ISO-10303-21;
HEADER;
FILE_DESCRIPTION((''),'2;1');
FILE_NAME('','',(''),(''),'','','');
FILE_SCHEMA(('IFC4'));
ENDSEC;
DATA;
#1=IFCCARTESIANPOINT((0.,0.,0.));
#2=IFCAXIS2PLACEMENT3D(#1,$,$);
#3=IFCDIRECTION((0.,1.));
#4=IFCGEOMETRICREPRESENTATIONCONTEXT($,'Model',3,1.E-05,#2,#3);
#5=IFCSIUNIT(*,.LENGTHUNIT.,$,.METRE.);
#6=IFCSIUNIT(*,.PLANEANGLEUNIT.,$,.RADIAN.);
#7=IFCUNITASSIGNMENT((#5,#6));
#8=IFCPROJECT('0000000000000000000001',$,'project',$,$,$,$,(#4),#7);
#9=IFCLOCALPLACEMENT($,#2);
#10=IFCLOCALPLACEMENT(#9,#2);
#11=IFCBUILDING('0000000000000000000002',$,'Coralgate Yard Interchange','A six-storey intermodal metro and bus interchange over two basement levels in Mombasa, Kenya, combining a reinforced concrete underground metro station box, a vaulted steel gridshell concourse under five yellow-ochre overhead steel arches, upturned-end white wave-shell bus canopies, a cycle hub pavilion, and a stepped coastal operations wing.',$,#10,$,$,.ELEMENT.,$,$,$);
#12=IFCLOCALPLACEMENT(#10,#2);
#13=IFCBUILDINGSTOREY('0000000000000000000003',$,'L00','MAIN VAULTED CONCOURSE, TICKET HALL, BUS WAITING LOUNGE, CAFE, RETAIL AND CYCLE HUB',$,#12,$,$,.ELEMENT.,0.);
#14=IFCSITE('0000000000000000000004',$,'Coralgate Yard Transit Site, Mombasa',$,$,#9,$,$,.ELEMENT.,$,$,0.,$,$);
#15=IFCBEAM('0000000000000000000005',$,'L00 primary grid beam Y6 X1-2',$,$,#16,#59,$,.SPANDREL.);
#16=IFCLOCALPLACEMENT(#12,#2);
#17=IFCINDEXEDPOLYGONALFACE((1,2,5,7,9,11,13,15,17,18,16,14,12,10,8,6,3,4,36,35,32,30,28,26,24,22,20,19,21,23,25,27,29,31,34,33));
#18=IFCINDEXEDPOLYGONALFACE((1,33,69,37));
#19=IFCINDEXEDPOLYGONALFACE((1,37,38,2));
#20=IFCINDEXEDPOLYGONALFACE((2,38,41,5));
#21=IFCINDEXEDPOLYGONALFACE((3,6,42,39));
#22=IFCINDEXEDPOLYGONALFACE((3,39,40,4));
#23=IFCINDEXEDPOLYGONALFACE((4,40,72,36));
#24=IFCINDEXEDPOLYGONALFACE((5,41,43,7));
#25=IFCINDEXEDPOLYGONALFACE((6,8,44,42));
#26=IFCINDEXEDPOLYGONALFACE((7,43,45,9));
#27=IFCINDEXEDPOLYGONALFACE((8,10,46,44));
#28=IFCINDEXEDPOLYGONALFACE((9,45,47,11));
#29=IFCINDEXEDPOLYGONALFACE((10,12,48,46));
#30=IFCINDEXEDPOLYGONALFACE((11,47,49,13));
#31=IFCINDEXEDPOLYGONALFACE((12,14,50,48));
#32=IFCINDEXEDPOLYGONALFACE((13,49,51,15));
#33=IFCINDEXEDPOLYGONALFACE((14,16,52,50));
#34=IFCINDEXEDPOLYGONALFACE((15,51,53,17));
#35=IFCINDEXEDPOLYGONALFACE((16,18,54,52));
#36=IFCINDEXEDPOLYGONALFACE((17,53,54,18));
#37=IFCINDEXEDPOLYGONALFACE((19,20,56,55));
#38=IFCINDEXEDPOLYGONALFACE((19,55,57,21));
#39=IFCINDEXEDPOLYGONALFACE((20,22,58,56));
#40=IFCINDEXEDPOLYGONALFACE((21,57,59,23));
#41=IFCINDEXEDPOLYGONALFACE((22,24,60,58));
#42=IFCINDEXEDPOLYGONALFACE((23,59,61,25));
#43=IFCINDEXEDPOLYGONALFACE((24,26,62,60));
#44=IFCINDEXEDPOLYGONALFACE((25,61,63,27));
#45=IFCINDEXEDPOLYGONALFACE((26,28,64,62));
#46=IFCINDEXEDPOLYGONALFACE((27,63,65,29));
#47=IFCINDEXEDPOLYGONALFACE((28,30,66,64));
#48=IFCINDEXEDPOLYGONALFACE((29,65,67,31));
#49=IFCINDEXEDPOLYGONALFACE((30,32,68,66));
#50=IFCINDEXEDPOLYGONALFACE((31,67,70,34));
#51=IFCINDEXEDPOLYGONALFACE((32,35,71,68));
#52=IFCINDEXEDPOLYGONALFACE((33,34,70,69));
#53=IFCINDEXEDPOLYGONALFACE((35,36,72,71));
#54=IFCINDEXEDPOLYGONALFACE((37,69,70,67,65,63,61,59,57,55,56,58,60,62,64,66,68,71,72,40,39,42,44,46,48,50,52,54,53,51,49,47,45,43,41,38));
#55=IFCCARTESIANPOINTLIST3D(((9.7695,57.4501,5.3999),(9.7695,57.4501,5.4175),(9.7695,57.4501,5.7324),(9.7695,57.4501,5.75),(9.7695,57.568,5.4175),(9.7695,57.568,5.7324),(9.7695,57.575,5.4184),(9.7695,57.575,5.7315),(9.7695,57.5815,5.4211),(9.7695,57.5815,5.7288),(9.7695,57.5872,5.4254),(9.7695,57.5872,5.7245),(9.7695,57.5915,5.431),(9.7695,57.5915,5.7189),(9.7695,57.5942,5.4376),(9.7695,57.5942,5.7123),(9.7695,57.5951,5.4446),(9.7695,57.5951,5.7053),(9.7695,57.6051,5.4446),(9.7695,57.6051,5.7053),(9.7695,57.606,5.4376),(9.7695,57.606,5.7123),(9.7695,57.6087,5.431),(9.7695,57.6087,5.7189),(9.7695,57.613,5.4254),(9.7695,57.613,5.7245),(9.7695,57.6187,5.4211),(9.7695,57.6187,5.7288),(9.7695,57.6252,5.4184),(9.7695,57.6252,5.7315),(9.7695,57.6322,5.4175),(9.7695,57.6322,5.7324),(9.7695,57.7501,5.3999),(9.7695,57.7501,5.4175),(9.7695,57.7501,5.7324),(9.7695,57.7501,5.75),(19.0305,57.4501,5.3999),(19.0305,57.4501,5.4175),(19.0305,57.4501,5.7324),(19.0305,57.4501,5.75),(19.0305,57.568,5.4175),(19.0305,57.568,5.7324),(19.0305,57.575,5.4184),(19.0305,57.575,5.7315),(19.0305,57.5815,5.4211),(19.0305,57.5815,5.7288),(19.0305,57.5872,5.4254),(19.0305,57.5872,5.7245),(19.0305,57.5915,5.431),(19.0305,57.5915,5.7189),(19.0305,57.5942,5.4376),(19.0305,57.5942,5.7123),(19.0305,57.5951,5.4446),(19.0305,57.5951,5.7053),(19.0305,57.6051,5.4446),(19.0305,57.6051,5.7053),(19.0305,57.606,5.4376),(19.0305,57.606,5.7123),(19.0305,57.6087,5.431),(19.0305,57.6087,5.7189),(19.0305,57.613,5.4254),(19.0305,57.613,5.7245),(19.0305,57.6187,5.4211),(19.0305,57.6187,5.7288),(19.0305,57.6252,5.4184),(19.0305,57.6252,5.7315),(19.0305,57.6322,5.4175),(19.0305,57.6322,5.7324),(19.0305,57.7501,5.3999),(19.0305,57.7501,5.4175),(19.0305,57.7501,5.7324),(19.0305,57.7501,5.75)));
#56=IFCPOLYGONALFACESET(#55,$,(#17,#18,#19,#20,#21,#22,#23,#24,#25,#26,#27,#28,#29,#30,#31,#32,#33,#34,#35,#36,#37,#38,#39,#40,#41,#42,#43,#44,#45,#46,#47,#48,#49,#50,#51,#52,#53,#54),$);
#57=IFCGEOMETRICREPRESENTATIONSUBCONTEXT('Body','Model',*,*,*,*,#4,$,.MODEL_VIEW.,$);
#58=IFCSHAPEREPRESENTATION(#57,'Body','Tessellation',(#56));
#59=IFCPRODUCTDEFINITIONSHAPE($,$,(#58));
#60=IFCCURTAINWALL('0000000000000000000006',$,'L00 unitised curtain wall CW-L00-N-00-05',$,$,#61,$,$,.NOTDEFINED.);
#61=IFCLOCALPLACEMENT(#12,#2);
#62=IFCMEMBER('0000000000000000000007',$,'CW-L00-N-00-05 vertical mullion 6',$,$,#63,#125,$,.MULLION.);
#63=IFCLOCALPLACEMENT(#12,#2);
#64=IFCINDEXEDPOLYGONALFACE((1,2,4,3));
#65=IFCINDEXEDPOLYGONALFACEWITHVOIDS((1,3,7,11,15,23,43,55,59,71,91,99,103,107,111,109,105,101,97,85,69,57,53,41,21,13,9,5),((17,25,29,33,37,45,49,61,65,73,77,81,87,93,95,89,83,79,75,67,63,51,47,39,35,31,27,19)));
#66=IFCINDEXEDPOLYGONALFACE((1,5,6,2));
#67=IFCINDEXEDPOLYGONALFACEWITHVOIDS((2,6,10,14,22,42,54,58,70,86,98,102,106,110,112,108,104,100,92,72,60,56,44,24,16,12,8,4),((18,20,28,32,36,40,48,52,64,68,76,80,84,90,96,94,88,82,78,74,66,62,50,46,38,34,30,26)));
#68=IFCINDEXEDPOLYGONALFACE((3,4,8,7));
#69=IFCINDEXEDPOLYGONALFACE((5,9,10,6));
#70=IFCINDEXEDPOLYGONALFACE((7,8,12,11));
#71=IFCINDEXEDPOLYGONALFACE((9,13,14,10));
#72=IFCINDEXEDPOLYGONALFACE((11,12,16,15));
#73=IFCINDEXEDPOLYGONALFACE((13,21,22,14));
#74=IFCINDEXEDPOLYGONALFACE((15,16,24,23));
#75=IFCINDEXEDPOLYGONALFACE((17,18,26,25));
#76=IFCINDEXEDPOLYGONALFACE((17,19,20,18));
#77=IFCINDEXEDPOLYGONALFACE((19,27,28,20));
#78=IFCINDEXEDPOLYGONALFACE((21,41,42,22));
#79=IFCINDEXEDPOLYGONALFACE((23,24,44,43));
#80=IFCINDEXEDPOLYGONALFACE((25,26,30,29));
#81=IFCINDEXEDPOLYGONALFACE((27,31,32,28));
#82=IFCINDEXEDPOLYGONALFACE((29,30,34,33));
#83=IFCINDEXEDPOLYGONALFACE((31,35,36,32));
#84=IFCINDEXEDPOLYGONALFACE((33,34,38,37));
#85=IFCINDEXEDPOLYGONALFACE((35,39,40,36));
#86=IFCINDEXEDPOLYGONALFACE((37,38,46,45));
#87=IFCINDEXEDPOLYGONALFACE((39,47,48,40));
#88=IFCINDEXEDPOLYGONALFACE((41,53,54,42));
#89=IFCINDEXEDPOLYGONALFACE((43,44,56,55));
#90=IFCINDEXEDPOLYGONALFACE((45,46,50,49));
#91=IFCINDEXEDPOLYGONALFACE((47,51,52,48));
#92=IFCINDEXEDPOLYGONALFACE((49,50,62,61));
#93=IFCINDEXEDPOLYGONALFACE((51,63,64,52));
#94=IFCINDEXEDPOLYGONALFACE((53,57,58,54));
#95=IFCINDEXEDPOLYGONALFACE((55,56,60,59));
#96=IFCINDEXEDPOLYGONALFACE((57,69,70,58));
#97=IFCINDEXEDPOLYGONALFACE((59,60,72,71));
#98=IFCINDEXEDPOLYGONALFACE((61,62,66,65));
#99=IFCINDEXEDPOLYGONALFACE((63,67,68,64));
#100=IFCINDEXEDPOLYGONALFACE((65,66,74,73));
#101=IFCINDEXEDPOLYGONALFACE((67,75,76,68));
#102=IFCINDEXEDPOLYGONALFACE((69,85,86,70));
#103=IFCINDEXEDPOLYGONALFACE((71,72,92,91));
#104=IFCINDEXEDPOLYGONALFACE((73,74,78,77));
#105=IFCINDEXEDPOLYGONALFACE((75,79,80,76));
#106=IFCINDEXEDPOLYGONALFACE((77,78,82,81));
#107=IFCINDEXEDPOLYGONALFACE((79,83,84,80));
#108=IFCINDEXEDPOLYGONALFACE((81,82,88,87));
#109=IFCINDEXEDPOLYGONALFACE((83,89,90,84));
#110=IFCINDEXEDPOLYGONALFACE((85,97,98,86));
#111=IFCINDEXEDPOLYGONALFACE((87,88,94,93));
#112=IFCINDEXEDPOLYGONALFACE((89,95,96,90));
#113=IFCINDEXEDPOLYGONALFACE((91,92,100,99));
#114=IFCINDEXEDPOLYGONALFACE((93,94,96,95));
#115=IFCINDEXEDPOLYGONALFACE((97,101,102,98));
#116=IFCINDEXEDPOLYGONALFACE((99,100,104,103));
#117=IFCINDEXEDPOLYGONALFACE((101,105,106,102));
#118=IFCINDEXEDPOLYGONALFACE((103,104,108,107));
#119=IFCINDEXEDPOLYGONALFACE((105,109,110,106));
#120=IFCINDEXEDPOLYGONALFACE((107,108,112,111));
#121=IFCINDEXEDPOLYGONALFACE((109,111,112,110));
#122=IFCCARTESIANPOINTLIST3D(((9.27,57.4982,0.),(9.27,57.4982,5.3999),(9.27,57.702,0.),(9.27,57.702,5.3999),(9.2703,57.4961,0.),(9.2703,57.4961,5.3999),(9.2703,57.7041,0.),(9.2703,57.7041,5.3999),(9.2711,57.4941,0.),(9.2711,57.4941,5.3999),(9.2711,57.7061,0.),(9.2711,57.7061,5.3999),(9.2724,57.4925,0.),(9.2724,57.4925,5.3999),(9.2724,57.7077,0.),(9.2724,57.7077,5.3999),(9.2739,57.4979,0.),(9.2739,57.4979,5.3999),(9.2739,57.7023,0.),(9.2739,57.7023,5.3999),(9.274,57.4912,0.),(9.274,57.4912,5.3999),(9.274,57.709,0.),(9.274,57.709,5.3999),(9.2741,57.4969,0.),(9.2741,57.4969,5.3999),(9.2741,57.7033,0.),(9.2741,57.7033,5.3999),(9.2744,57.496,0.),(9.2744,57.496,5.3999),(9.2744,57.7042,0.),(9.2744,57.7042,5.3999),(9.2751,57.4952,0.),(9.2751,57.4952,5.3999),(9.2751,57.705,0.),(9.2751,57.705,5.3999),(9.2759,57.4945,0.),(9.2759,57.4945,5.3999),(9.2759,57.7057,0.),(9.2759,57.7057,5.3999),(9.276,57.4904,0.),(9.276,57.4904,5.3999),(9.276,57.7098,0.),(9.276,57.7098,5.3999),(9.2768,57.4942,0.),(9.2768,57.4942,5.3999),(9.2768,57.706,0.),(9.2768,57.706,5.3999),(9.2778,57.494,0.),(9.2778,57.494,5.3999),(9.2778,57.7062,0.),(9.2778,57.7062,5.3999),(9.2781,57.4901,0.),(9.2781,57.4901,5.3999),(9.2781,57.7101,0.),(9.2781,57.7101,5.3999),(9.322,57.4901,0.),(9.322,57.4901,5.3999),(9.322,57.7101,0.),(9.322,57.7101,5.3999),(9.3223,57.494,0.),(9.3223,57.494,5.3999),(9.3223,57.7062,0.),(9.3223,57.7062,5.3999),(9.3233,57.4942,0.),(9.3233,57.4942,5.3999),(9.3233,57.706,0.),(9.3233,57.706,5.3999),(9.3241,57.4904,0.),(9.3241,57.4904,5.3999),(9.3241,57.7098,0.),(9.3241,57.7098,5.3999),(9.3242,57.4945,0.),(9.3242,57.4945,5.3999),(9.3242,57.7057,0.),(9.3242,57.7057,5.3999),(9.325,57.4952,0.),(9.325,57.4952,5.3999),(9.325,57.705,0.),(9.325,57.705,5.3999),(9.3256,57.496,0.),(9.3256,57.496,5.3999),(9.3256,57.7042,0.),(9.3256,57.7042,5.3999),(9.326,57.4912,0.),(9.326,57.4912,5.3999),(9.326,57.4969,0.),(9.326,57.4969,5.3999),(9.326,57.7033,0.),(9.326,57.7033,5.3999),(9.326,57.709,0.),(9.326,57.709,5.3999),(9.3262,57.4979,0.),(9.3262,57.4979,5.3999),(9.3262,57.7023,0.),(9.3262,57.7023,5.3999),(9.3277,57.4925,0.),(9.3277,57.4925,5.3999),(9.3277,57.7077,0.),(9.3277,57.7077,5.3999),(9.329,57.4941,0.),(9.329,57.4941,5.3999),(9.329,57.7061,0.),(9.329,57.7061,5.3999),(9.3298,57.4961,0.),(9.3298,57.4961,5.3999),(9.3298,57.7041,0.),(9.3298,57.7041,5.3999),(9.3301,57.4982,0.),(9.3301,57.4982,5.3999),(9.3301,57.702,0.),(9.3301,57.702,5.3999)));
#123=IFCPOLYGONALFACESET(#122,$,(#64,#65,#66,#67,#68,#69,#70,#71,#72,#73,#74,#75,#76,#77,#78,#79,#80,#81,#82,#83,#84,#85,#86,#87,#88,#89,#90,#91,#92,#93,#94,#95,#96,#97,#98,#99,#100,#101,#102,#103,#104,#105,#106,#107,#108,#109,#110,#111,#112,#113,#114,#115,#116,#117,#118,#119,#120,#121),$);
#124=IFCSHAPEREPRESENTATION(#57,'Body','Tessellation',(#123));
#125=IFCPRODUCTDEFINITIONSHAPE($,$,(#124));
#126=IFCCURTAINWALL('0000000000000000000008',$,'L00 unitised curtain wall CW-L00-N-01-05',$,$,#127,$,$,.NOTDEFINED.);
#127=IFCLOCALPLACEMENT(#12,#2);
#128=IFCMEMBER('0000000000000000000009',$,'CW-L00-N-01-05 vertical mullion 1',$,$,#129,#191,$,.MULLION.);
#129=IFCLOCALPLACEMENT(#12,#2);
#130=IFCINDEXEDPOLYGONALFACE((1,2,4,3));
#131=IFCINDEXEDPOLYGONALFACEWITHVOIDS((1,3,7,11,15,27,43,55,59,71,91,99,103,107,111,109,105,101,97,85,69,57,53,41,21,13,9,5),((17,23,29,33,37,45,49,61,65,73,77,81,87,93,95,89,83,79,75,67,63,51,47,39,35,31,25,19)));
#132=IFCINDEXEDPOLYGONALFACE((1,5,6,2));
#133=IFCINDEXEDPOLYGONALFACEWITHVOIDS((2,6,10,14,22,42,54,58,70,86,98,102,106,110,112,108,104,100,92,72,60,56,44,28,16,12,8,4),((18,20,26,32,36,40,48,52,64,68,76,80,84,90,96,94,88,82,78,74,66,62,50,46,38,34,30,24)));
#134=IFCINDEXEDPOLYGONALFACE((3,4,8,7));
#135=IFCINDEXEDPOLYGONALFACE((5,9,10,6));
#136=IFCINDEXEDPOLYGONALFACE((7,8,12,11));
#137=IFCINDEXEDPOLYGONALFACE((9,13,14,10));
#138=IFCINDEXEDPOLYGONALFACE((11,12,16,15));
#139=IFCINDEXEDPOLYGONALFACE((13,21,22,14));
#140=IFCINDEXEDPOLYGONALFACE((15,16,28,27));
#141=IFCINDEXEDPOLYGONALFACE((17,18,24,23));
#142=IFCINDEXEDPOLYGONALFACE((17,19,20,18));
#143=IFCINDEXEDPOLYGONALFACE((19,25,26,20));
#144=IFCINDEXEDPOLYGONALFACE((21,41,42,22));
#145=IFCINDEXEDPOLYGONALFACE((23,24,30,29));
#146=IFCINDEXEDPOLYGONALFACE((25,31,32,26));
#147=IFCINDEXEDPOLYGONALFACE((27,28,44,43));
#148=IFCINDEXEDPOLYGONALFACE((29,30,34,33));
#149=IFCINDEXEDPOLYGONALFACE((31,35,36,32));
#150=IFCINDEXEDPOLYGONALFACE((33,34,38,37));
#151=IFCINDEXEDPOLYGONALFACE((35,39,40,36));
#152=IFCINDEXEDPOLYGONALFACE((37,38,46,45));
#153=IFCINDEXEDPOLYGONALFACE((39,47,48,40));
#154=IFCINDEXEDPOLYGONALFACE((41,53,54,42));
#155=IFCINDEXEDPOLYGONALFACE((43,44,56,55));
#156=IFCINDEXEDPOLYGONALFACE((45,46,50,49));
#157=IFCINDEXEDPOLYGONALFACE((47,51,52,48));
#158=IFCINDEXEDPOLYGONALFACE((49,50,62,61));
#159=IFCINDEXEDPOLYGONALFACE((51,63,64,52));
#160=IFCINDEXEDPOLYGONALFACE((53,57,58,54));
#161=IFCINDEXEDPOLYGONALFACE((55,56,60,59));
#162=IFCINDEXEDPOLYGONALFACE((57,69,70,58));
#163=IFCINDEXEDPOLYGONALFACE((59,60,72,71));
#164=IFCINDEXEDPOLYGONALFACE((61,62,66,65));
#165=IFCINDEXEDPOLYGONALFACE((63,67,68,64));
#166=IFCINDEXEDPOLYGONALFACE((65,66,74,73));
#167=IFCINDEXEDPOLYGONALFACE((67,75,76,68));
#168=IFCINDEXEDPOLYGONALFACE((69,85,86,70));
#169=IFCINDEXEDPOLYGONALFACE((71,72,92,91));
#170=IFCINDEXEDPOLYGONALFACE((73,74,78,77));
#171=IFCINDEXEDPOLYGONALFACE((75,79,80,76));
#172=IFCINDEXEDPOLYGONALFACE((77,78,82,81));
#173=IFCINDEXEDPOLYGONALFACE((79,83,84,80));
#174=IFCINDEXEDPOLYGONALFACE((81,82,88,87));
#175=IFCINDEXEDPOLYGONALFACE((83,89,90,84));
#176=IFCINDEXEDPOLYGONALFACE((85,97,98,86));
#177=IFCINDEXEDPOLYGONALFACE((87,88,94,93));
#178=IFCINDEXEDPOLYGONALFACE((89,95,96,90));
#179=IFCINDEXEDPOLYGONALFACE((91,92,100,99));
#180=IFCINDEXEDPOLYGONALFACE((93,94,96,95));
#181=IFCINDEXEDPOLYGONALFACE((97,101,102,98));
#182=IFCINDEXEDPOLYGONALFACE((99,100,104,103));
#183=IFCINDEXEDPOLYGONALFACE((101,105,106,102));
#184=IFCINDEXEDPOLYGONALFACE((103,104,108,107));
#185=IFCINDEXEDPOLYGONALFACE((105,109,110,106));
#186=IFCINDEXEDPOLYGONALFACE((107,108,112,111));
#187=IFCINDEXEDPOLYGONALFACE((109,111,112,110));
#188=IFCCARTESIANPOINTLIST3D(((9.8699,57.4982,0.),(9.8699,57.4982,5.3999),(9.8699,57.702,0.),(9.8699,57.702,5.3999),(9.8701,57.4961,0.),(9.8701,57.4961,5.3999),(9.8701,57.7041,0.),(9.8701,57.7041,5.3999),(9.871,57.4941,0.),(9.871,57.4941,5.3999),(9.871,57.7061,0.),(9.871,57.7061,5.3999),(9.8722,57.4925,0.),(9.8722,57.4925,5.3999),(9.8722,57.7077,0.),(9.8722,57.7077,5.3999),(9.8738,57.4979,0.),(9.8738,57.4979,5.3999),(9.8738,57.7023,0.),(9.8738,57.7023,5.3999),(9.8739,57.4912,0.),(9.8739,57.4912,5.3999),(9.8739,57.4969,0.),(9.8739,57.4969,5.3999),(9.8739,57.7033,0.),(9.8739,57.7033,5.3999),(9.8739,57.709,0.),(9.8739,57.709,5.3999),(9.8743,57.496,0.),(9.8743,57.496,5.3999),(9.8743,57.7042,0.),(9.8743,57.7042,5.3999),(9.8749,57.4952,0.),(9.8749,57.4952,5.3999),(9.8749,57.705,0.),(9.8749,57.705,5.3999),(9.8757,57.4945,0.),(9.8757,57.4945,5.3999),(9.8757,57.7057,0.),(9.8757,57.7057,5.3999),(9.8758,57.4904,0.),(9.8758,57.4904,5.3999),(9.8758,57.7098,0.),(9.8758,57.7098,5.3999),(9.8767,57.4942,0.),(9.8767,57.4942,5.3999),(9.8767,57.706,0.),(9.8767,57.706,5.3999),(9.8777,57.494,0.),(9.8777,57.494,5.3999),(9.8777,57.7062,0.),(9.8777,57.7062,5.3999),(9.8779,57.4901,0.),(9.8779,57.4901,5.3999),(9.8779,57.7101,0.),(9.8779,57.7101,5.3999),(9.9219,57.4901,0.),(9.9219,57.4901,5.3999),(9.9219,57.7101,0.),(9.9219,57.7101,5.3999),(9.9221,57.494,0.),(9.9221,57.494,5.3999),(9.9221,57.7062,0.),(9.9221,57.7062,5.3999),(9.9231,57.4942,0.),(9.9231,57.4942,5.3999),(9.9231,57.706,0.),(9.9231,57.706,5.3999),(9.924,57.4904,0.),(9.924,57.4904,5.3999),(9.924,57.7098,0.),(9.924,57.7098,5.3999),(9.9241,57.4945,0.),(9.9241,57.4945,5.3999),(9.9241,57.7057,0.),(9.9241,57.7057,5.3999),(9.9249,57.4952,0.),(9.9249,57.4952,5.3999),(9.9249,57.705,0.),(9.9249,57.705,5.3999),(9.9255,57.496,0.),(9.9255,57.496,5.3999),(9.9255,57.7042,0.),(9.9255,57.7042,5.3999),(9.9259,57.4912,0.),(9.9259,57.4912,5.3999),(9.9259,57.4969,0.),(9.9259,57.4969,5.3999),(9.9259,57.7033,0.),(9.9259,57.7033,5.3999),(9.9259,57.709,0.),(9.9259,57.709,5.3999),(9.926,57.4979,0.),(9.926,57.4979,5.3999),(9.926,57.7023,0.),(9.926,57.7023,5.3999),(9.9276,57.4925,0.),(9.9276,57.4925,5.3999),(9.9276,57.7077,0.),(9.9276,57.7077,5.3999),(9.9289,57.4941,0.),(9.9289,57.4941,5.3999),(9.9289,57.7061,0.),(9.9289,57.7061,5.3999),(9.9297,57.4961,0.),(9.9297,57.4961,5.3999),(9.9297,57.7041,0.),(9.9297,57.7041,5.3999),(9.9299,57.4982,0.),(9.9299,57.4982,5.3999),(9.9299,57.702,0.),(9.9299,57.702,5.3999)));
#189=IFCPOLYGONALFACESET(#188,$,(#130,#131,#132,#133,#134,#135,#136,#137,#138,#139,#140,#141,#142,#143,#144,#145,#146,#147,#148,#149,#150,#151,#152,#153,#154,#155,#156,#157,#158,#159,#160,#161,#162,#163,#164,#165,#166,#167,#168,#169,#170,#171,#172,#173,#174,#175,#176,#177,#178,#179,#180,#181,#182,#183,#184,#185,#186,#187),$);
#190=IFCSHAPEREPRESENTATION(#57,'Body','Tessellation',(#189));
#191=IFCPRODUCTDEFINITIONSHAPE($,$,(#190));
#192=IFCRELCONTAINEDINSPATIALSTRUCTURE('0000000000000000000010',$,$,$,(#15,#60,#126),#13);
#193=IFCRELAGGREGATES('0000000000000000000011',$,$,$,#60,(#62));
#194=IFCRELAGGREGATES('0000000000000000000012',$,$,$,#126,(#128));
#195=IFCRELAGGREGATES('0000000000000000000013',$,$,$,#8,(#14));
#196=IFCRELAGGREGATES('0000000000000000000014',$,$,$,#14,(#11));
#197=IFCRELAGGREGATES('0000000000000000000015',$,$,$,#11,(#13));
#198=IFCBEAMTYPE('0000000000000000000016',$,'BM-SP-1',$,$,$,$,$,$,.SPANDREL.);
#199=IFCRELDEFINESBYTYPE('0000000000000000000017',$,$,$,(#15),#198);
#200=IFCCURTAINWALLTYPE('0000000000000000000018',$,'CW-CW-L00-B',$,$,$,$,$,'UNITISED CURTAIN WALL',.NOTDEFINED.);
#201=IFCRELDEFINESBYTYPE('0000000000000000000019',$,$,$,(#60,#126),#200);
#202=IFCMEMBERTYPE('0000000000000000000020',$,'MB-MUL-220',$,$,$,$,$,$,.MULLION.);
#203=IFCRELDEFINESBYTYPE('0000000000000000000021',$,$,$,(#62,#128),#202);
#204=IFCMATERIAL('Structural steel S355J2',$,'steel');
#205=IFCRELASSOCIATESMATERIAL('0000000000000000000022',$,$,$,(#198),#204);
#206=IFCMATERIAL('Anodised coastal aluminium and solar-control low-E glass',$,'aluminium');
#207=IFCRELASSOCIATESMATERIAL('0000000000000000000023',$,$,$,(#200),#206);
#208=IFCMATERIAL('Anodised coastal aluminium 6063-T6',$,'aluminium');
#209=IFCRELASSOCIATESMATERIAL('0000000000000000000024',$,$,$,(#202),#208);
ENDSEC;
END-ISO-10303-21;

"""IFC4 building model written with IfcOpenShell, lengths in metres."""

from ifc_helpers import new_model, si_unit, direction, frame, origin, origin_2d, place, context, subcontext, project, spatial, hollow_rectangle, i_section, extrude, material, material_profile, profile_set, type_object, element, aggregate, save


model = new_model("IFC4")

# Units and contexts
model_context = context("Model", 3, precision=1e-05, world=origin(), true_north=direction((0.0, 1.0)))
body_context = subcontext(model_context, "Body", "Model", "MODEL_VIEW")
ifc_project = project(units=[si_unit("LENGTHUNIT", "METRE"), si_unit("PLANEANGLEUNIT", "RADIAN")], contexts=[model_context])

# Site, building, storey
site_placement = place(None, origin())
site = spatial("IfcSite", under=ifc_project, at=site_placement, Name="Coralgate Yard Transit Site, Mombasa", CompositionType="ELEMENT", RefElevation=0.0)
building_placement = place(site_placement, origin())
building = spatial("IfcBuilding", under=site, at=building_placement, Name="Coralgate Yard Interchange", Description="A six-storey intermodal metro and bus interchange over two basement levels in Mombasa, Kenya, combining a reinforced concrete underground metro station box, a vaulted steel gridshell concourse under five yellow-ochre overhead steel arches, upturned-end white wave-shell bus canopies, a cycle hub pavilion, and a stepped coastal operations wing.", CompositionType="ELEMENT")
storey_placement = place(building_placement, origin())
storey = spatial("IfcBuildingStorey", under=building, at=storey_placement, Name="L00", Description="MAIN VAULTED CONCOURSE, TICKET HALL, BUS WAITING LOUNGE, CAFE, RETAIL AND CYCLE HUB", CompositionType="ELEMENT", Elevation=0.0)

# Shared definitions
ifc_material_1 = material(Name="Structural steel S355J2", Category="steel")

# Beam
ifc_material_profile_1 = material_profile(ifc_material_1, i_section(OverallWidth=0.3, OverallDepth=0.3501, WebThickness=0.01, FlangeThickness=0.0176, FilletRadius=0.0271, at=origin_2d()), Name="HEA 360")
ifc_profile_set_1 = profile_set([ifc_material_profile_1], Name="Structural steel S355J2")
beam_type = type_object("IfcBeamType", Name="BM-SP-1", PredefinedType="SPANDREL", material=ifc_profile_set_1)
beam_placement = place(storey_placement, frame((9.7695, 57.6001, 5.575), z_axis=(1.0, 0.0, 0.0), x_axis=(0.0, 1.0, 0.0)))
element("IfcBeam", 1, at=beam_placement, inside=storey, type_object=beam_type, Name="L00 primary grid beam Y6 X1-2", PredefinedType="SPANDREL", context=body_context, shape_type="SweptSolid", body=[
    extrude(i_section(OverallWidth=0.3, OverallDepth=0.3501, WebThickness=0.01, FlangeThickness=0.0176, FilletRadius=0.0271, at=origin_2d()), origin(), (0.0, 0.0, 1.0), 9.261),
])

# Curtain wall, member
ifc_material_2 = material(Name="Anodised coastal aluminium and solar-control low-E glass", Category="aluminium")
curtain_wall_type = type_object("IfcCurtainWallType", Name="CW-CW-L00-B", ElementType="UNITISED CURTAIN WALL", PredefinedType="NOTDEFINED", material=ifc_material_2)
curtain_wall_1_placement = place(storey_placement, origin())
curtain_wall_1 = element("IfcCurtainWall", 2, at=curtain_wall_1_placement, inside=storey, type_object=curtain_wall_type, Name="L00 unitised curtain wall CW-L00-N-00-05", PredefinedType="NOTDEFINED")
ifc_material_3 = material(Name="Anodised coastal aluminium 6063-T6", Category="aluminium")
ifc_material_profile_2 = material_profile(ifc_material_3, hollow_rectangle(XDim=0.0601, YDim=0.22, WallThickness=0.0039, InnerFilletRadius=0.0039, OuterFilletRadius=0.0081, at=origin_2d()), Name="ALU 60x220x4")
ifc_profile_set_2 = profile_set([ifc_material_profile_2], Name="Anodised coastal aluminium 6063-T6")
member_type_1 = type_object("IfcMemberType", Name="MB-MUL-220", PredefinedType="MULLION", material=ifc_profile_set_2)
member_1_placement = place(storey_placement, frame((9.3, 57.6001, 0.0), z_axis=(0.0, 0.0, 1.0), x_axis=(1.0, 0.0, 0.0)))
member_1 = element("IfcMember", 3, at=member_1_placement, type_object=member_type_1, Name="CW-L00-N-00-05 vertical mullion 6", PredefinedType="MULLION", context=body_context, shape_type="SweptSolid", body=[
    extrude(hollow_rectangle(XDim=0.0601, YDim=0.22, WallThickness=0.0039, InnerFilletRadius=0.0039, OuterFilletRadius=0.0081, at=origin_2d()), origin(), (0.0, 0.0, 1.0), 5.3999),
])

# Curtain wall, member
curtain_wall_2_placement = place(storey_placement, origin())
curtain_wall_2 = element("IfcCurtainWall", 4, at=curtain_wall_2_placement, inside=storey, type_object=curtain_wall_type, Name="L00 unitised curtain wall CW-L00-N-01-05", PredefinedType="NOTDEFINED")
member_2_placement = place(storey_placement, frame((9.8999, 57.6001, 0.0), z_axis=(0.0, 0.0, 1.0), x_axis=(1.0, 0.0, 0.0)))
member_2 = element("IfcMember", 5, at=member_2_placement, type_object=member_type_1, Name="CW-L00-N-01-05 vertical mullion 1", PredefinedType="MULLION", context=body_context, shape_type="SweptSolid", body=[
    extrude(hollow_rectangle(XDim=0.0601, YDim=0.22, WallThickness=0.0039, InnerFilletRadius=0.0039, OuterFilletRadius=0.0081, at=origin_2d()), origin(), (0.0, 0.0, 1.0), 5.3999),
])

aggregate(curtain_wall_1, [member_1])
aggregate(curtain_wall_2, [member_2])

save(model, "model.ifc")
